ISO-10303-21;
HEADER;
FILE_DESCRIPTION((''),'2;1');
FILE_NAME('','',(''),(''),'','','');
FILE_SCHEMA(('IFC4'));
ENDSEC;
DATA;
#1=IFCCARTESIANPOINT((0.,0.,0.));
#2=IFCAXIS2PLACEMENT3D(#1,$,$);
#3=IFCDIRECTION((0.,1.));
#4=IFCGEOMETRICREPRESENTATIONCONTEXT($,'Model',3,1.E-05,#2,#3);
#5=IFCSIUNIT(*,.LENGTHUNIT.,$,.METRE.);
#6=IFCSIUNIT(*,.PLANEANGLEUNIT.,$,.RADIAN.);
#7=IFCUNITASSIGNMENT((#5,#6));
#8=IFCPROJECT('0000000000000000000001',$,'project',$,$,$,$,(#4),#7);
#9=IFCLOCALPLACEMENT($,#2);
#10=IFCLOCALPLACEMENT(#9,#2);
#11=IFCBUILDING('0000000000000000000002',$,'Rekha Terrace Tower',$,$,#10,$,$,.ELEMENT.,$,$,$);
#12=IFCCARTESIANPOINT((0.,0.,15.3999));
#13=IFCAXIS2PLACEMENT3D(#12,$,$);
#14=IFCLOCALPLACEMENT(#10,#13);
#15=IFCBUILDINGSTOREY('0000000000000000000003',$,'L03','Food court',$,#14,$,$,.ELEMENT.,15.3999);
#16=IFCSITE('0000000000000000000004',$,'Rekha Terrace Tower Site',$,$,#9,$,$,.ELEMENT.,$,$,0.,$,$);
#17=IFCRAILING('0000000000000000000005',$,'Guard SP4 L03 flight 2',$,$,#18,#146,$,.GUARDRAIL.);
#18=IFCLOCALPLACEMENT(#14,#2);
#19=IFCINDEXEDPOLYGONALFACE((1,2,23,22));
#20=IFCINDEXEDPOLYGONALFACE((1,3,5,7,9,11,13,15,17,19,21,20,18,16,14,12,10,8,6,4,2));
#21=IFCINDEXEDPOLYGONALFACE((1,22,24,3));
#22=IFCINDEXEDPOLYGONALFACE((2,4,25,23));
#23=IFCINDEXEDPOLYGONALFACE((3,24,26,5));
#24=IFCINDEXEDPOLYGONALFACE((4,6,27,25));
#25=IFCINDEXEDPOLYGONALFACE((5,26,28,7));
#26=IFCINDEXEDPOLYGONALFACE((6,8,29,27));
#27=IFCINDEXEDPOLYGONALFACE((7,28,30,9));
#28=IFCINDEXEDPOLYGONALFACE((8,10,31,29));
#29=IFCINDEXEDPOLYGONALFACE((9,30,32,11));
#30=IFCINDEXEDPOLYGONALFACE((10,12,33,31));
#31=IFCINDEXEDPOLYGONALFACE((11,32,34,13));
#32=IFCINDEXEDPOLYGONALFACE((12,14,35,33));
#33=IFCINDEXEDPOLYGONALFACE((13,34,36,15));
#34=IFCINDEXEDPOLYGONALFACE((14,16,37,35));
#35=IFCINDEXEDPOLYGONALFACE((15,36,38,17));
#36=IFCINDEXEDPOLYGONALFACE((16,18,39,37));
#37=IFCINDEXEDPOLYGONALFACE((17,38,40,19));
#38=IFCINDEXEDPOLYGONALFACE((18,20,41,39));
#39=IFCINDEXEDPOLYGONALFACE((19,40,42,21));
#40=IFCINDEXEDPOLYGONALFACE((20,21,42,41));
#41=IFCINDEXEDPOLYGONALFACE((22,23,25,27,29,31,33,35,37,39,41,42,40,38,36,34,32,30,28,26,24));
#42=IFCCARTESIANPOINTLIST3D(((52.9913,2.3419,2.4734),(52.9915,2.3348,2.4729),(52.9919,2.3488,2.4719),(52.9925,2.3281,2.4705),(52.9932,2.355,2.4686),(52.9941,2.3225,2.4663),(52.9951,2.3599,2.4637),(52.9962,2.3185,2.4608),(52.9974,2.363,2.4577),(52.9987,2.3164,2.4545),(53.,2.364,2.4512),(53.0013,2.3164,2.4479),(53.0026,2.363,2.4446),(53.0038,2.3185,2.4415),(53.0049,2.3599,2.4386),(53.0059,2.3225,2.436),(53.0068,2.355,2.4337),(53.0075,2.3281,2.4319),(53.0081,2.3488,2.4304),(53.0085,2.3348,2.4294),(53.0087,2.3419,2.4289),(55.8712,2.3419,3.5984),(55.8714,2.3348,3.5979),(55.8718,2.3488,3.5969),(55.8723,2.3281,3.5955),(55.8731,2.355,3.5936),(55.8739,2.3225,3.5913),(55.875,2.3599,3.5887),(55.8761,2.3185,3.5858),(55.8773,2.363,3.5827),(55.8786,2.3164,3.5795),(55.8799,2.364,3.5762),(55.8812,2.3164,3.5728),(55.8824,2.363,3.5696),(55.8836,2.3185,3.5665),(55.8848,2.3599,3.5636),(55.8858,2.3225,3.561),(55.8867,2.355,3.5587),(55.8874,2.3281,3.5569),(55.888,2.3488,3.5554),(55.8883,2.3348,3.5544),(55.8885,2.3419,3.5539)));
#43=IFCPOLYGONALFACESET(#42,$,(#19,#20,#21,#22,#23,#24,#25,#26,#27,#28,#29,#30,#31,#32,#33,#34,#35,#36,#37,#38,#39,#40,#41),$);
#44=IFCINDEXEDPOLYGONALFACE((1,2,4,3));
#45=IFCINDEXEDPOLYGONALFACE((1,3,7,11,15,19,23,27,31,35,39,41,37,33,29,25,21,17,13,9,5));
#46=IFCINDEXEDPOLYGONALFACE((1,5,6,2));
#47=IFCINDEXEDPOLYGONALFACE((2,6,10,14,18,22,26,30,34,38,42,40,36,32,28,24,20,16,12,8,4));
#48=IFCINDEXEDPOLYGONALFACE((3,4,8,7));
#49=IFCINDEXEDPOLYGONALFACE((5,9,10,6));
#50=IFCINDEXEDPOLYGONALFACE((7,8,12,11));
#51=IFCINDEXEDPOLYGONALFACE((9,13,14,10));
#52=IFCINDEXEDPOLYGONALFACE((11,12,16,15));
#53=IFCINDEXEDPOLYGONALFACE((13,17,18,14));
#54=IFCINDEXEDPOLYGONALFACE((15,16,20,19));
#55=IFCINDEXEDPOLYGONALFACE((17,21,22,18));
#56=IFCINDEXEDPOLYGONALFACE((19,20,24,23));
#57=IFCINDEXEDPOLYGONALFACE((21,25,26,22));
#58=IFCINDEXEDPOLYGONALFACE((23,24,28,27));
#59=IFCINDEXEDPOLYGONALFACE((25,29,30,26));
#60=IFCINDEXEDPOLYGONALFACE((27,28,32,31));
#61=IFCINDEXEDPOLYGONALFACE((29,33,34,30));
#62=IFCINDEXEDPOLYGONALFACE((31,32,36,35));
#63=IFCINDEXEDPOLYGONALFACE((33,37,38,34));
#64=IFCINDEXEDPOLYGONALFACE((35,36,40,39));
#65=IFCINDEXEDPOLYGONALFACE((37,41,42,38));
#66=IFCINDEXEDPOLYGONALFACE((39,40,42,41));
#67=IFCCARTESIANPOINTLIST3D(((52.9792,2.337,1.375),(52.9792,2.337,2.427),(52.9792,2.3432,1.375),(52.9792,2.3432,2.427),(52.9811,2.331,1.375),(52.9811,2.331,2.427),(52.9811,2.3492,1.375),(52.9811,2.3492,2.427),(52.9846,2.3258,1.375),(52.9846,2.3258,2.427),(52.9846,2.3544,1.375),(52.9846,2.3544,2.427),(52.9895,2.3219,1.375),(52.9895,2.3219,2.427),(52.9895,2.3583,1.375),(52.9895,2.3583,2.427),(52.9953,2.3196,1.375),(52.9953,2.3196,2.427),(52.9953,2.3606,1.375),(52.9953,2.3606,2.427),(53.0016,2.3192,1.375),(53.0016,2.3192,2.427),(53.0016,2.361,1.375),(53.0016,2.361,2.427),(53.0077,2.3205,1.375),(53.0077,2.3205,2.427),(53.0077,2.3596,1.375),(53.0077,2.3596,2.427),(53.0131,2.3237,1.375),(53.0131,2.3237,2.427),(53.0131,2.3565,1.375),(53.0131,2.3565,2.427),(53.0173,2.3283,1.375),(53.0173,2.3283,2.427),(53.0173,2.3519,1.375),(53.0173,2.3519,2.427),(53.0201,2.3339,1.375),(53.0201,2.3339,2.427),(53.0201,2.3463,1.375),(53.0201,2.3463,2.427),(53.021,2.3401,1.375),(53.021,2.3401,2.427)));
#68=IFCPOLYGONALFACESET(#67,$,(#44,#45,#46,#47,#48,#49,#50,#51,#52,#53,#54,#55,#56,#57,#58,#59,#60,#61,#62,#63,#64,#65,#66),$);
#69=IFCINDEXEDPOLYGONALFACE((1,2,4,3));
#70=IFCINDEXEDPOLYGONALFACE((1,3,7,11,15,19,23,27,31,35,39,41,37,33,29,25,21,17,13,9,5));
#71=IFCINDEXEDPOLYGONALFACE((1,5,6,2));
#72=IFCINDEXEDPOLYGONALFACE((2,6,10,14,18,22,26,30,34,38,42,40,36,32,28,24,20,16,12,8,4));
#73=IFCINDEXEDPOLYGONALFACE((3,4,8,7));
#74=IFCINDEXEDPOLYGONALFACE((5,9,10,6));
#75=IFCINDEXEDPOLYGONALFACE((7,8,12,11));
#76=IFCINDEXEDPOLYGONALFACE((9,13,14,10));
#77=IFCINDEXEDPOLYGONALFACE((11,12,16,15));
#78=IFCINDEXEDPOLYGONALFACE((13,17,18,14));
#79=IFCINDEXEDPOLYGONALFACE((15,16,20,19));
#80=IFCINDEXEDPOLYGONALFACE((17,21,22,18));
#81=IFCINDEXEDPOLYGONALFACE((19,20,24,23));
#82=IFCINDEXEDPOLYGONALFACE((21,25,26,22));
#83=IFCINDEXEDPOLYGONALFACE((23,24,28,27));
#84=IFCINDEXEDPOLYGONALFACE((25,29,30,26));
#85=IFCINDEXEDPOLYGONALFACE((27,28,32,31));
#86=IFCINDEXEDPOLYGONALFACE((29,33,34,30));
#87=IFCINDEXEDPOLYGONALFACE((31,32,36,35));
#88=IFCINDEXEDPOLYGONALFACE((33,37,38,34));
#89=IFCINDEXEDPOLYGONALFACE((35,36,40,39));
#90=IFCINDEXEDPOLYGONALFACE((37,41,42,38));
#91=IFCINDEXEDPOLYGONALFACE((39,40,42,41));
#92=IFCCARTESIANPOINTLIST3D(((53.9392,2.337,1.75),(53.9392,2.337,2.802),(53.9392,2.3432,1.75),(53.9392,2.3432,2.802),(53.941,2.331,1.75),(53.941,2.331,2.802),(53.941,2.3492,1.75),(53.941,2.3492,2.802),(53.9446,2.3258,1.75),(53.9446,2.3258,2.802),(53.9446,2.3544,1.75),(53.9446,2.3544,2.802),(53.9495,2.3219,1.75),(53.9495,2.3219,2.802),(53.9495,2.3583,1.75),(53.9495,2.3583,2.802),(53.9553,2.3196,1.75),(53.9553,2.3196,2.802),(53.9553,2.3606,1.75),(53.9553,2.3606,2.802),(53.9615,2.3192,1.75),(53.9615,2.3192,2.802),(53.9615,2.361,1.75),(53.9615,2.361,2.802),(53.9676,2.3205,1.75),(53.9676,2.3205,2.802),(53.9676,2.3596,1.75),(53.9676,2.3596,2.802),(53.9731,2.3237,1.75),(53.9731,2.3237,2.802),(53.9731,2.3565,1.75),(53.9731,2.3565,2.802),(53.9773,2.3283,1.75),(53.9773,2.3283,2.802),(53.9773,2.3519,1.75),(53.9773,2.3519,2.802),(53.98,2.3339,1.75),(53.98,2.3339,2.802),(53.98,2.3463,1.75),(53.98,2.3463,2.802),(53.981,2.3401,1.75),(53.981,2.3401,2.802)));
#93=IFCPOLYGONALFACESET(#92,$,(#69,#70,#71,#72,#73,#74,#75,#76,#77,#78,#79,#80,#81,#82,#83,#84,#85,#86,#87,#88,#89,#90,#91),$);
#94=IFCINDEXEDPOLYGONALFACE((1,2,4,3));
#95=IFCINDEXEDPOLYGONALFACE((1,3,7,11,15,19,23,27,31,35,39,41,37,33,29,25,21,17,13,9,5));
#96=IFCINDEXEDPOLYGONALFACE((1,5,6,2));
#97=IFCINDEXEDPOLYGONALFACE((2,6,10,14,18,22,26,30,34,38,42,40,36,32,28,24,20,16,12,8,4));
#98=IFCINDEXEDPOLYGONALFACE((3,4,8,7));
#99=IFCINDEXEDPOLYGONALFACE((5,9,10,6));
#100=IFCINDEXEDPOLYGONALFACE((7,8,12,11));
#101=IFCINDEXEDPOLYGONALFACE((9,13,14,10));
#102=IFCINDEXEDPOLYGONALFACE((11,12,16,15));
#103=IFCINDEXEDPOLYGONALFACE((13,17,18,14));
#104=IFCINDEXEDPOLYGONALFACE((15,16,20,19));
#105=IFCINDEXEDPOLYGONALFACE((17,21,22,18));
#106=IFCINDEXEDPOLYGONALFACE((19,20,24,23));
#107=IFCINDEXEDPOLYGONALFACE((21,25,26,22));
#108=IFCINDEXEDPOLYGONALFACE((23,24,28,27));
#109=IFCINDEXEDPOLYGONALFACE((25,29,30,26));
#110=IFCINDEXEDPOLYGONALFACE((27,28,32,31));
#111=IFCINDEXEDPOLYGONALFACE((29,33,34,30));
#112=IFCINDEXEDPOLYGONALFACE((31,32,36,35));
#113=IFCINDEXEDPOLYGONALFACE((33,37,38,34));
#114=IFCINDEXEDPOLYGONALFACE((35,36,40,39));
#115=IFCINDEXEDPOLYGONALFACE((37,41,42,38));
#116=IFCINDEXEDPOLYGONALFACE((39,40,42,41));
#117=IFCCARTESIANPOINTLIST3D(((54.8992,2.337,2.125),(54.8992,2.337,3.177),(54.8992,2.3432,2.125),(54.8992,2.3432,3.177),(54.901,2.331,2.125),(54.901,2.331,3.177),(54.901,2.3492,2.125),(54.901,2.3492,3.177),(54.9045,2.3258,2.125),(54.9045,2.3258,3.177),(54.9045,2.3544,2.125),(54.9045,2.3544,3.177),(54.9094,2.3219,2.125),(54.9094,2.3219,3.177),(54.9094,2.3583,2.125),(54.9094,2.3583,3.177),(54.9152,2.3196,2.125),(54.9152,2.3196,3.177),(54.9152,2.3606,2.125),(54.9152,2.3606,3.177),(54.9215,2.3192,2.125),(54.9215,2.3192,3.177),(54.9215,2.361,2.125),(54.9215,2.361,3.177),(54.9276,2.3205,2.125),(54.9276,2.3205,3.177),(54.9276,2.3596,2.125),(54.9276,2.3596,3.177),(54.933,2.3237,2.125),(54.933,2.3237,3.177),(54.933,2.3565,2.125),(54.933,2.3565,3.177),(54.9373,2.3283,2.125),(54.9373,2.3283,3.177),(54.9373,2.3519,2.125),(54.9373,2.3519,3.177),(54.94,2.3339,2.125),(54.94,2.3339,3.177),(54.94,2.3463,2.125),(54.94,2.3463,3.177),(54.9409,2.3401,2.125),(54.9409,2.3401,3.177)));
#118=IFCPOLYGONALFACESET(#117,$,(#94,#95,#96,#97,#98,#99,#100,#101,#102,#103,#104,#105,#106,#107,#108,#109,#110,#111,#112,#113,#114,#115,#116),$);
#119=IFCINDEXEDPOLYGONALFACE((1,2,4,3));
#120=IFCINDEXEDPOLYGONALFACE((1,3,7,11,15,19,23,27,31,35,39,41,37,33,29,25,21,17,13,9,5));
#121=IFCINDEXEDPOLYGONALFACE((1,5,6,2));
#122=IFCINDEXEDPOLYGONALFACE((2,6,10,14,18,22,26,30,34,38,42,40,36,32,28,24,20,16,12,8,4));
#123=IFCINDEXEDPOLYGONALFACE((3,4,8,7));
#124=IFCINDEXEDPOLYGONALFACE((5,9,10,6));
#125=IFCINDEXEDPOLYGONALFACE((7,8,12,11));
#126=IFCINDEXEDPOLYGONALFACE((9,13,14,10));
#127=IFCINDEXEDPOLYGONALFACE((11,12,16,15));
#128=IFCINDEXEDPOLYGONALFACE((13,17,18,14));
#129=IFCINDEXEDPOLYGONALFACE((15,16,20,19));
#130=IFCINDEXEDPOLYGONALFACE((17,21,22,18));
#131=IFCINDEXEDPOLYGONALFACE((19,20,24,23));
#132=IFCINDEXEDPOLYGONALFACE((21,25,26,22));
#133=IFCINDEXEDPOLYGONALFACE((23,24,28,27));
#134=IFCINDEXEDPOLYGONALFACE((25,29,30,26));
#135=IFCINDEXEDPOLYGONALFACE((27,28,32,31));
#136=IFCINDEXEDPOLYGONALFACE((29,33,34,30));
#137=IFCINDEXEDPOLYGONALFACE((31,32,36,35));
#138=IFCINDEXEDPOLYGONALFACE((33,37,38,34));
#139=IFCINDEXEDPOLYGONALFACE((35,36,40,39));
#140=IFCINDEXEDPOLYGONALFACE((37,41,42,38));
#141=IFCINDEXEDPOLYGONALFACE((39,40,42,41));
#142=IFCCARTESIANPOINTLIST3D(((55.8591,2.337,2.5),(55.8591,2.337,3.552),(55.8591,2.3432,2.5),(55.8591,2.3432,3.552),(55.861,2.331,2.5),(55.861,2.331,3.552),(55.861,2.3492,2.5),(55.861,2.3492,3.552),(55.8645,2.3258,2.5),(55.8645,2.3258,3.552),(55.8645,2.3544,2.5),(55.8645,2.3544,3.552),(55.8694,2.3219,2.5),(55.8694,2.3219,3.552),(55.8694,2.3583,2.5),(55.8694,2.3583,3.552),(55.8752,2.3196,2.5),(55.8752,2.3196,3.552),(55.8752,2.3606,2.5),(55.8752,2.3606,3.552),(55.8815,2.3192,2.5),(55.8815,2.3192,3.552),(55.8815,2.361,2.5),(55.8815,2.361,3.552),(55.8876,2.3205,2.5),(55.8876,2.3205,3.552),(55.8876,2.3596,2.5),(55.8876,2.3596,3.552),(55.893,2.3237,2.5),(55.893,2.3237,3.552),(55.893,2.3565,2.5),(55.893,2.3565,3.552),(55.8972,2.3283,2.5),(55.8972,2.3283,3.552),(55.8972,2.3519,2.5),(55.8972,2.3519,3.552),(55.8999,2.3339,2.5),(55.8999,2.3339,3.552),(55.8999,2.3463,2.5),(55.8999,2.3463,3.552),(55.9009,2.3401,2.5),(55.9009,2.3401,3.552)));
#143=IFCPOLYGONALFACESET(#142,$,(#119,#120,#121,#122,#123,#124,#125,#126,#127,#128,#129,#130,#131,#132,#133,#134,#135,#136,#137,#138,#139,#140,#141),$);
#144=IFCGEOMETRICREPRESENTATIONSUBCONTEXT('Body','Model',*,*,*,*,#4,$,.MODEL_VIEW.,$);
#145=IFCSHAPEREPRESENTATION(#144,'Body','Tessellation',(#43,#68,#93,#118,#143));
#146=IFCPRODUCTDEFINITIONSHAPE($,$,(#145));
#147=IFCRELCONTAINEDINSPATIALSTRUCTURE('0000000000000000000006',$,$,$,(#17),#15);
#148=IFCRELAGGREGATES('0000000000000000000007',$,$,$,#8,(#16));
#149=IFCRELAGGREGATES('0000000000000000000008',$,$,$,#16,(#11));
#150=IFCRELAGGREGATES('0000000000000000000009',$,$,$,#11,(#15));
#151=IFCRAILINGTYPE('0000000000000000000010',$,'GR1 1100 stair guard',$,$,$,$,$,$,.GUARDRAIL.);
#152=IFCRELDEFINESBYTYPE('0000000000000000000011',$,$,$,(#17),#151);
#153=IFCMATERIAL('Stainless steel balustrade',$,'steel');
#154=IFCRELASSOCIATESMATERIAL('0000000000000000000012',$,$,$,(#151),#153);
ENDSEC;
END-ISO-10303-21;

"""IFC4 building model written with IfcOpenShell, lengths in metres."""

from ifc_helpers import new_model, si_unit, direction, frame, origin, origin_2d, place, context, subcontext, project, spatial, circle, extrude, material, type_object, element, save


model = new_model("IFC4")

# Units and contexts
model_context = context("Model", 3, precision=1e-05, world=origin(), true_north=direction((0.0, 1.0)))
body_context = subcontext(model_context, "Body", "Model", "MODEL_VIEW")
ifc_project = project(units=[si_unit("LENGTHUNIT", "METRE"), si_unit("PLANEANGLEUNIT", "RADIAN")], contexts=[model_context])

# Site, building, storey
site_placement = place(None, origin())
site = spatial("IfcSite", under=ifc_project, at=site_placement, Name="Rekha Terrace Tower Site", CompositionType="ELEMENT", RefElevation=0.0)
building_placement = place(site_placement, origin())
building = spatial("IfcBuilding", under=site, at=building_placement, Name="Rekha Terrace Tower", CompositionType="ELEMENT")
storey_placement = place(building_placement, frame((0.0, 0.0, 15.3999)))
storey = spatial("IfcBuildingStorey", under=building, at=storey_placement, Name="L03", Description="Food court", CompositionType="ELEMENT", Elevation=15.3999)

# Railing
ifc_material_1 = material(Name="Stainless steel balustrade", Category="steel")
railing_type_1 = type_object("IfcRailingType", Name="GR1 1100 stair guard", PredefinedType="GUARDRAIL", material=ifc_material_1)
railing_1_placement = place(storey_placement, frame((53.0, 2.3401, 1.375)))
element("IfcRailing", 1, at=railing_1_placement, inside=storey, type_object=railing_type_1, Name="Guard SP4 L03 flight 2", PredefinedType="GUARDRAIL", context=body_context, shape_type="SweptSolid", body=[
    extrude(circle(Radius=0.0239, at=origin_2d()), frame((0.0, 0.0, 1.0762), z_axis=(0.931452, 0.0, 0.363863), x_axis=(0.0, 1.0, 0.0)), (0.0, 0.0, 1.0), 3.0918),
    extrude(circle(Radius=0.021, at=origin_2d()), origin(), (0.0, 0.0, 1.0), 1.052),
    extrude(circle(Radius=0.021, at=origin_2d()), frame((0.96, 0.0, 0.375)), (0.0, 0.0, 1.0), 1.052),
    extrude(circle(Radius=0.021, at=origin_2d()), frame((1.9199, 0.0, 0.75)), (0.0, 0.0, 1.0), 1.052),
    extrude(circle(Radius=0.021, at=origin_2d()), frame((2.8799, 0.0, 1.125)), (0.0, 0.0, 1.0), 1.052),
])

save(model, "model.ifc")
